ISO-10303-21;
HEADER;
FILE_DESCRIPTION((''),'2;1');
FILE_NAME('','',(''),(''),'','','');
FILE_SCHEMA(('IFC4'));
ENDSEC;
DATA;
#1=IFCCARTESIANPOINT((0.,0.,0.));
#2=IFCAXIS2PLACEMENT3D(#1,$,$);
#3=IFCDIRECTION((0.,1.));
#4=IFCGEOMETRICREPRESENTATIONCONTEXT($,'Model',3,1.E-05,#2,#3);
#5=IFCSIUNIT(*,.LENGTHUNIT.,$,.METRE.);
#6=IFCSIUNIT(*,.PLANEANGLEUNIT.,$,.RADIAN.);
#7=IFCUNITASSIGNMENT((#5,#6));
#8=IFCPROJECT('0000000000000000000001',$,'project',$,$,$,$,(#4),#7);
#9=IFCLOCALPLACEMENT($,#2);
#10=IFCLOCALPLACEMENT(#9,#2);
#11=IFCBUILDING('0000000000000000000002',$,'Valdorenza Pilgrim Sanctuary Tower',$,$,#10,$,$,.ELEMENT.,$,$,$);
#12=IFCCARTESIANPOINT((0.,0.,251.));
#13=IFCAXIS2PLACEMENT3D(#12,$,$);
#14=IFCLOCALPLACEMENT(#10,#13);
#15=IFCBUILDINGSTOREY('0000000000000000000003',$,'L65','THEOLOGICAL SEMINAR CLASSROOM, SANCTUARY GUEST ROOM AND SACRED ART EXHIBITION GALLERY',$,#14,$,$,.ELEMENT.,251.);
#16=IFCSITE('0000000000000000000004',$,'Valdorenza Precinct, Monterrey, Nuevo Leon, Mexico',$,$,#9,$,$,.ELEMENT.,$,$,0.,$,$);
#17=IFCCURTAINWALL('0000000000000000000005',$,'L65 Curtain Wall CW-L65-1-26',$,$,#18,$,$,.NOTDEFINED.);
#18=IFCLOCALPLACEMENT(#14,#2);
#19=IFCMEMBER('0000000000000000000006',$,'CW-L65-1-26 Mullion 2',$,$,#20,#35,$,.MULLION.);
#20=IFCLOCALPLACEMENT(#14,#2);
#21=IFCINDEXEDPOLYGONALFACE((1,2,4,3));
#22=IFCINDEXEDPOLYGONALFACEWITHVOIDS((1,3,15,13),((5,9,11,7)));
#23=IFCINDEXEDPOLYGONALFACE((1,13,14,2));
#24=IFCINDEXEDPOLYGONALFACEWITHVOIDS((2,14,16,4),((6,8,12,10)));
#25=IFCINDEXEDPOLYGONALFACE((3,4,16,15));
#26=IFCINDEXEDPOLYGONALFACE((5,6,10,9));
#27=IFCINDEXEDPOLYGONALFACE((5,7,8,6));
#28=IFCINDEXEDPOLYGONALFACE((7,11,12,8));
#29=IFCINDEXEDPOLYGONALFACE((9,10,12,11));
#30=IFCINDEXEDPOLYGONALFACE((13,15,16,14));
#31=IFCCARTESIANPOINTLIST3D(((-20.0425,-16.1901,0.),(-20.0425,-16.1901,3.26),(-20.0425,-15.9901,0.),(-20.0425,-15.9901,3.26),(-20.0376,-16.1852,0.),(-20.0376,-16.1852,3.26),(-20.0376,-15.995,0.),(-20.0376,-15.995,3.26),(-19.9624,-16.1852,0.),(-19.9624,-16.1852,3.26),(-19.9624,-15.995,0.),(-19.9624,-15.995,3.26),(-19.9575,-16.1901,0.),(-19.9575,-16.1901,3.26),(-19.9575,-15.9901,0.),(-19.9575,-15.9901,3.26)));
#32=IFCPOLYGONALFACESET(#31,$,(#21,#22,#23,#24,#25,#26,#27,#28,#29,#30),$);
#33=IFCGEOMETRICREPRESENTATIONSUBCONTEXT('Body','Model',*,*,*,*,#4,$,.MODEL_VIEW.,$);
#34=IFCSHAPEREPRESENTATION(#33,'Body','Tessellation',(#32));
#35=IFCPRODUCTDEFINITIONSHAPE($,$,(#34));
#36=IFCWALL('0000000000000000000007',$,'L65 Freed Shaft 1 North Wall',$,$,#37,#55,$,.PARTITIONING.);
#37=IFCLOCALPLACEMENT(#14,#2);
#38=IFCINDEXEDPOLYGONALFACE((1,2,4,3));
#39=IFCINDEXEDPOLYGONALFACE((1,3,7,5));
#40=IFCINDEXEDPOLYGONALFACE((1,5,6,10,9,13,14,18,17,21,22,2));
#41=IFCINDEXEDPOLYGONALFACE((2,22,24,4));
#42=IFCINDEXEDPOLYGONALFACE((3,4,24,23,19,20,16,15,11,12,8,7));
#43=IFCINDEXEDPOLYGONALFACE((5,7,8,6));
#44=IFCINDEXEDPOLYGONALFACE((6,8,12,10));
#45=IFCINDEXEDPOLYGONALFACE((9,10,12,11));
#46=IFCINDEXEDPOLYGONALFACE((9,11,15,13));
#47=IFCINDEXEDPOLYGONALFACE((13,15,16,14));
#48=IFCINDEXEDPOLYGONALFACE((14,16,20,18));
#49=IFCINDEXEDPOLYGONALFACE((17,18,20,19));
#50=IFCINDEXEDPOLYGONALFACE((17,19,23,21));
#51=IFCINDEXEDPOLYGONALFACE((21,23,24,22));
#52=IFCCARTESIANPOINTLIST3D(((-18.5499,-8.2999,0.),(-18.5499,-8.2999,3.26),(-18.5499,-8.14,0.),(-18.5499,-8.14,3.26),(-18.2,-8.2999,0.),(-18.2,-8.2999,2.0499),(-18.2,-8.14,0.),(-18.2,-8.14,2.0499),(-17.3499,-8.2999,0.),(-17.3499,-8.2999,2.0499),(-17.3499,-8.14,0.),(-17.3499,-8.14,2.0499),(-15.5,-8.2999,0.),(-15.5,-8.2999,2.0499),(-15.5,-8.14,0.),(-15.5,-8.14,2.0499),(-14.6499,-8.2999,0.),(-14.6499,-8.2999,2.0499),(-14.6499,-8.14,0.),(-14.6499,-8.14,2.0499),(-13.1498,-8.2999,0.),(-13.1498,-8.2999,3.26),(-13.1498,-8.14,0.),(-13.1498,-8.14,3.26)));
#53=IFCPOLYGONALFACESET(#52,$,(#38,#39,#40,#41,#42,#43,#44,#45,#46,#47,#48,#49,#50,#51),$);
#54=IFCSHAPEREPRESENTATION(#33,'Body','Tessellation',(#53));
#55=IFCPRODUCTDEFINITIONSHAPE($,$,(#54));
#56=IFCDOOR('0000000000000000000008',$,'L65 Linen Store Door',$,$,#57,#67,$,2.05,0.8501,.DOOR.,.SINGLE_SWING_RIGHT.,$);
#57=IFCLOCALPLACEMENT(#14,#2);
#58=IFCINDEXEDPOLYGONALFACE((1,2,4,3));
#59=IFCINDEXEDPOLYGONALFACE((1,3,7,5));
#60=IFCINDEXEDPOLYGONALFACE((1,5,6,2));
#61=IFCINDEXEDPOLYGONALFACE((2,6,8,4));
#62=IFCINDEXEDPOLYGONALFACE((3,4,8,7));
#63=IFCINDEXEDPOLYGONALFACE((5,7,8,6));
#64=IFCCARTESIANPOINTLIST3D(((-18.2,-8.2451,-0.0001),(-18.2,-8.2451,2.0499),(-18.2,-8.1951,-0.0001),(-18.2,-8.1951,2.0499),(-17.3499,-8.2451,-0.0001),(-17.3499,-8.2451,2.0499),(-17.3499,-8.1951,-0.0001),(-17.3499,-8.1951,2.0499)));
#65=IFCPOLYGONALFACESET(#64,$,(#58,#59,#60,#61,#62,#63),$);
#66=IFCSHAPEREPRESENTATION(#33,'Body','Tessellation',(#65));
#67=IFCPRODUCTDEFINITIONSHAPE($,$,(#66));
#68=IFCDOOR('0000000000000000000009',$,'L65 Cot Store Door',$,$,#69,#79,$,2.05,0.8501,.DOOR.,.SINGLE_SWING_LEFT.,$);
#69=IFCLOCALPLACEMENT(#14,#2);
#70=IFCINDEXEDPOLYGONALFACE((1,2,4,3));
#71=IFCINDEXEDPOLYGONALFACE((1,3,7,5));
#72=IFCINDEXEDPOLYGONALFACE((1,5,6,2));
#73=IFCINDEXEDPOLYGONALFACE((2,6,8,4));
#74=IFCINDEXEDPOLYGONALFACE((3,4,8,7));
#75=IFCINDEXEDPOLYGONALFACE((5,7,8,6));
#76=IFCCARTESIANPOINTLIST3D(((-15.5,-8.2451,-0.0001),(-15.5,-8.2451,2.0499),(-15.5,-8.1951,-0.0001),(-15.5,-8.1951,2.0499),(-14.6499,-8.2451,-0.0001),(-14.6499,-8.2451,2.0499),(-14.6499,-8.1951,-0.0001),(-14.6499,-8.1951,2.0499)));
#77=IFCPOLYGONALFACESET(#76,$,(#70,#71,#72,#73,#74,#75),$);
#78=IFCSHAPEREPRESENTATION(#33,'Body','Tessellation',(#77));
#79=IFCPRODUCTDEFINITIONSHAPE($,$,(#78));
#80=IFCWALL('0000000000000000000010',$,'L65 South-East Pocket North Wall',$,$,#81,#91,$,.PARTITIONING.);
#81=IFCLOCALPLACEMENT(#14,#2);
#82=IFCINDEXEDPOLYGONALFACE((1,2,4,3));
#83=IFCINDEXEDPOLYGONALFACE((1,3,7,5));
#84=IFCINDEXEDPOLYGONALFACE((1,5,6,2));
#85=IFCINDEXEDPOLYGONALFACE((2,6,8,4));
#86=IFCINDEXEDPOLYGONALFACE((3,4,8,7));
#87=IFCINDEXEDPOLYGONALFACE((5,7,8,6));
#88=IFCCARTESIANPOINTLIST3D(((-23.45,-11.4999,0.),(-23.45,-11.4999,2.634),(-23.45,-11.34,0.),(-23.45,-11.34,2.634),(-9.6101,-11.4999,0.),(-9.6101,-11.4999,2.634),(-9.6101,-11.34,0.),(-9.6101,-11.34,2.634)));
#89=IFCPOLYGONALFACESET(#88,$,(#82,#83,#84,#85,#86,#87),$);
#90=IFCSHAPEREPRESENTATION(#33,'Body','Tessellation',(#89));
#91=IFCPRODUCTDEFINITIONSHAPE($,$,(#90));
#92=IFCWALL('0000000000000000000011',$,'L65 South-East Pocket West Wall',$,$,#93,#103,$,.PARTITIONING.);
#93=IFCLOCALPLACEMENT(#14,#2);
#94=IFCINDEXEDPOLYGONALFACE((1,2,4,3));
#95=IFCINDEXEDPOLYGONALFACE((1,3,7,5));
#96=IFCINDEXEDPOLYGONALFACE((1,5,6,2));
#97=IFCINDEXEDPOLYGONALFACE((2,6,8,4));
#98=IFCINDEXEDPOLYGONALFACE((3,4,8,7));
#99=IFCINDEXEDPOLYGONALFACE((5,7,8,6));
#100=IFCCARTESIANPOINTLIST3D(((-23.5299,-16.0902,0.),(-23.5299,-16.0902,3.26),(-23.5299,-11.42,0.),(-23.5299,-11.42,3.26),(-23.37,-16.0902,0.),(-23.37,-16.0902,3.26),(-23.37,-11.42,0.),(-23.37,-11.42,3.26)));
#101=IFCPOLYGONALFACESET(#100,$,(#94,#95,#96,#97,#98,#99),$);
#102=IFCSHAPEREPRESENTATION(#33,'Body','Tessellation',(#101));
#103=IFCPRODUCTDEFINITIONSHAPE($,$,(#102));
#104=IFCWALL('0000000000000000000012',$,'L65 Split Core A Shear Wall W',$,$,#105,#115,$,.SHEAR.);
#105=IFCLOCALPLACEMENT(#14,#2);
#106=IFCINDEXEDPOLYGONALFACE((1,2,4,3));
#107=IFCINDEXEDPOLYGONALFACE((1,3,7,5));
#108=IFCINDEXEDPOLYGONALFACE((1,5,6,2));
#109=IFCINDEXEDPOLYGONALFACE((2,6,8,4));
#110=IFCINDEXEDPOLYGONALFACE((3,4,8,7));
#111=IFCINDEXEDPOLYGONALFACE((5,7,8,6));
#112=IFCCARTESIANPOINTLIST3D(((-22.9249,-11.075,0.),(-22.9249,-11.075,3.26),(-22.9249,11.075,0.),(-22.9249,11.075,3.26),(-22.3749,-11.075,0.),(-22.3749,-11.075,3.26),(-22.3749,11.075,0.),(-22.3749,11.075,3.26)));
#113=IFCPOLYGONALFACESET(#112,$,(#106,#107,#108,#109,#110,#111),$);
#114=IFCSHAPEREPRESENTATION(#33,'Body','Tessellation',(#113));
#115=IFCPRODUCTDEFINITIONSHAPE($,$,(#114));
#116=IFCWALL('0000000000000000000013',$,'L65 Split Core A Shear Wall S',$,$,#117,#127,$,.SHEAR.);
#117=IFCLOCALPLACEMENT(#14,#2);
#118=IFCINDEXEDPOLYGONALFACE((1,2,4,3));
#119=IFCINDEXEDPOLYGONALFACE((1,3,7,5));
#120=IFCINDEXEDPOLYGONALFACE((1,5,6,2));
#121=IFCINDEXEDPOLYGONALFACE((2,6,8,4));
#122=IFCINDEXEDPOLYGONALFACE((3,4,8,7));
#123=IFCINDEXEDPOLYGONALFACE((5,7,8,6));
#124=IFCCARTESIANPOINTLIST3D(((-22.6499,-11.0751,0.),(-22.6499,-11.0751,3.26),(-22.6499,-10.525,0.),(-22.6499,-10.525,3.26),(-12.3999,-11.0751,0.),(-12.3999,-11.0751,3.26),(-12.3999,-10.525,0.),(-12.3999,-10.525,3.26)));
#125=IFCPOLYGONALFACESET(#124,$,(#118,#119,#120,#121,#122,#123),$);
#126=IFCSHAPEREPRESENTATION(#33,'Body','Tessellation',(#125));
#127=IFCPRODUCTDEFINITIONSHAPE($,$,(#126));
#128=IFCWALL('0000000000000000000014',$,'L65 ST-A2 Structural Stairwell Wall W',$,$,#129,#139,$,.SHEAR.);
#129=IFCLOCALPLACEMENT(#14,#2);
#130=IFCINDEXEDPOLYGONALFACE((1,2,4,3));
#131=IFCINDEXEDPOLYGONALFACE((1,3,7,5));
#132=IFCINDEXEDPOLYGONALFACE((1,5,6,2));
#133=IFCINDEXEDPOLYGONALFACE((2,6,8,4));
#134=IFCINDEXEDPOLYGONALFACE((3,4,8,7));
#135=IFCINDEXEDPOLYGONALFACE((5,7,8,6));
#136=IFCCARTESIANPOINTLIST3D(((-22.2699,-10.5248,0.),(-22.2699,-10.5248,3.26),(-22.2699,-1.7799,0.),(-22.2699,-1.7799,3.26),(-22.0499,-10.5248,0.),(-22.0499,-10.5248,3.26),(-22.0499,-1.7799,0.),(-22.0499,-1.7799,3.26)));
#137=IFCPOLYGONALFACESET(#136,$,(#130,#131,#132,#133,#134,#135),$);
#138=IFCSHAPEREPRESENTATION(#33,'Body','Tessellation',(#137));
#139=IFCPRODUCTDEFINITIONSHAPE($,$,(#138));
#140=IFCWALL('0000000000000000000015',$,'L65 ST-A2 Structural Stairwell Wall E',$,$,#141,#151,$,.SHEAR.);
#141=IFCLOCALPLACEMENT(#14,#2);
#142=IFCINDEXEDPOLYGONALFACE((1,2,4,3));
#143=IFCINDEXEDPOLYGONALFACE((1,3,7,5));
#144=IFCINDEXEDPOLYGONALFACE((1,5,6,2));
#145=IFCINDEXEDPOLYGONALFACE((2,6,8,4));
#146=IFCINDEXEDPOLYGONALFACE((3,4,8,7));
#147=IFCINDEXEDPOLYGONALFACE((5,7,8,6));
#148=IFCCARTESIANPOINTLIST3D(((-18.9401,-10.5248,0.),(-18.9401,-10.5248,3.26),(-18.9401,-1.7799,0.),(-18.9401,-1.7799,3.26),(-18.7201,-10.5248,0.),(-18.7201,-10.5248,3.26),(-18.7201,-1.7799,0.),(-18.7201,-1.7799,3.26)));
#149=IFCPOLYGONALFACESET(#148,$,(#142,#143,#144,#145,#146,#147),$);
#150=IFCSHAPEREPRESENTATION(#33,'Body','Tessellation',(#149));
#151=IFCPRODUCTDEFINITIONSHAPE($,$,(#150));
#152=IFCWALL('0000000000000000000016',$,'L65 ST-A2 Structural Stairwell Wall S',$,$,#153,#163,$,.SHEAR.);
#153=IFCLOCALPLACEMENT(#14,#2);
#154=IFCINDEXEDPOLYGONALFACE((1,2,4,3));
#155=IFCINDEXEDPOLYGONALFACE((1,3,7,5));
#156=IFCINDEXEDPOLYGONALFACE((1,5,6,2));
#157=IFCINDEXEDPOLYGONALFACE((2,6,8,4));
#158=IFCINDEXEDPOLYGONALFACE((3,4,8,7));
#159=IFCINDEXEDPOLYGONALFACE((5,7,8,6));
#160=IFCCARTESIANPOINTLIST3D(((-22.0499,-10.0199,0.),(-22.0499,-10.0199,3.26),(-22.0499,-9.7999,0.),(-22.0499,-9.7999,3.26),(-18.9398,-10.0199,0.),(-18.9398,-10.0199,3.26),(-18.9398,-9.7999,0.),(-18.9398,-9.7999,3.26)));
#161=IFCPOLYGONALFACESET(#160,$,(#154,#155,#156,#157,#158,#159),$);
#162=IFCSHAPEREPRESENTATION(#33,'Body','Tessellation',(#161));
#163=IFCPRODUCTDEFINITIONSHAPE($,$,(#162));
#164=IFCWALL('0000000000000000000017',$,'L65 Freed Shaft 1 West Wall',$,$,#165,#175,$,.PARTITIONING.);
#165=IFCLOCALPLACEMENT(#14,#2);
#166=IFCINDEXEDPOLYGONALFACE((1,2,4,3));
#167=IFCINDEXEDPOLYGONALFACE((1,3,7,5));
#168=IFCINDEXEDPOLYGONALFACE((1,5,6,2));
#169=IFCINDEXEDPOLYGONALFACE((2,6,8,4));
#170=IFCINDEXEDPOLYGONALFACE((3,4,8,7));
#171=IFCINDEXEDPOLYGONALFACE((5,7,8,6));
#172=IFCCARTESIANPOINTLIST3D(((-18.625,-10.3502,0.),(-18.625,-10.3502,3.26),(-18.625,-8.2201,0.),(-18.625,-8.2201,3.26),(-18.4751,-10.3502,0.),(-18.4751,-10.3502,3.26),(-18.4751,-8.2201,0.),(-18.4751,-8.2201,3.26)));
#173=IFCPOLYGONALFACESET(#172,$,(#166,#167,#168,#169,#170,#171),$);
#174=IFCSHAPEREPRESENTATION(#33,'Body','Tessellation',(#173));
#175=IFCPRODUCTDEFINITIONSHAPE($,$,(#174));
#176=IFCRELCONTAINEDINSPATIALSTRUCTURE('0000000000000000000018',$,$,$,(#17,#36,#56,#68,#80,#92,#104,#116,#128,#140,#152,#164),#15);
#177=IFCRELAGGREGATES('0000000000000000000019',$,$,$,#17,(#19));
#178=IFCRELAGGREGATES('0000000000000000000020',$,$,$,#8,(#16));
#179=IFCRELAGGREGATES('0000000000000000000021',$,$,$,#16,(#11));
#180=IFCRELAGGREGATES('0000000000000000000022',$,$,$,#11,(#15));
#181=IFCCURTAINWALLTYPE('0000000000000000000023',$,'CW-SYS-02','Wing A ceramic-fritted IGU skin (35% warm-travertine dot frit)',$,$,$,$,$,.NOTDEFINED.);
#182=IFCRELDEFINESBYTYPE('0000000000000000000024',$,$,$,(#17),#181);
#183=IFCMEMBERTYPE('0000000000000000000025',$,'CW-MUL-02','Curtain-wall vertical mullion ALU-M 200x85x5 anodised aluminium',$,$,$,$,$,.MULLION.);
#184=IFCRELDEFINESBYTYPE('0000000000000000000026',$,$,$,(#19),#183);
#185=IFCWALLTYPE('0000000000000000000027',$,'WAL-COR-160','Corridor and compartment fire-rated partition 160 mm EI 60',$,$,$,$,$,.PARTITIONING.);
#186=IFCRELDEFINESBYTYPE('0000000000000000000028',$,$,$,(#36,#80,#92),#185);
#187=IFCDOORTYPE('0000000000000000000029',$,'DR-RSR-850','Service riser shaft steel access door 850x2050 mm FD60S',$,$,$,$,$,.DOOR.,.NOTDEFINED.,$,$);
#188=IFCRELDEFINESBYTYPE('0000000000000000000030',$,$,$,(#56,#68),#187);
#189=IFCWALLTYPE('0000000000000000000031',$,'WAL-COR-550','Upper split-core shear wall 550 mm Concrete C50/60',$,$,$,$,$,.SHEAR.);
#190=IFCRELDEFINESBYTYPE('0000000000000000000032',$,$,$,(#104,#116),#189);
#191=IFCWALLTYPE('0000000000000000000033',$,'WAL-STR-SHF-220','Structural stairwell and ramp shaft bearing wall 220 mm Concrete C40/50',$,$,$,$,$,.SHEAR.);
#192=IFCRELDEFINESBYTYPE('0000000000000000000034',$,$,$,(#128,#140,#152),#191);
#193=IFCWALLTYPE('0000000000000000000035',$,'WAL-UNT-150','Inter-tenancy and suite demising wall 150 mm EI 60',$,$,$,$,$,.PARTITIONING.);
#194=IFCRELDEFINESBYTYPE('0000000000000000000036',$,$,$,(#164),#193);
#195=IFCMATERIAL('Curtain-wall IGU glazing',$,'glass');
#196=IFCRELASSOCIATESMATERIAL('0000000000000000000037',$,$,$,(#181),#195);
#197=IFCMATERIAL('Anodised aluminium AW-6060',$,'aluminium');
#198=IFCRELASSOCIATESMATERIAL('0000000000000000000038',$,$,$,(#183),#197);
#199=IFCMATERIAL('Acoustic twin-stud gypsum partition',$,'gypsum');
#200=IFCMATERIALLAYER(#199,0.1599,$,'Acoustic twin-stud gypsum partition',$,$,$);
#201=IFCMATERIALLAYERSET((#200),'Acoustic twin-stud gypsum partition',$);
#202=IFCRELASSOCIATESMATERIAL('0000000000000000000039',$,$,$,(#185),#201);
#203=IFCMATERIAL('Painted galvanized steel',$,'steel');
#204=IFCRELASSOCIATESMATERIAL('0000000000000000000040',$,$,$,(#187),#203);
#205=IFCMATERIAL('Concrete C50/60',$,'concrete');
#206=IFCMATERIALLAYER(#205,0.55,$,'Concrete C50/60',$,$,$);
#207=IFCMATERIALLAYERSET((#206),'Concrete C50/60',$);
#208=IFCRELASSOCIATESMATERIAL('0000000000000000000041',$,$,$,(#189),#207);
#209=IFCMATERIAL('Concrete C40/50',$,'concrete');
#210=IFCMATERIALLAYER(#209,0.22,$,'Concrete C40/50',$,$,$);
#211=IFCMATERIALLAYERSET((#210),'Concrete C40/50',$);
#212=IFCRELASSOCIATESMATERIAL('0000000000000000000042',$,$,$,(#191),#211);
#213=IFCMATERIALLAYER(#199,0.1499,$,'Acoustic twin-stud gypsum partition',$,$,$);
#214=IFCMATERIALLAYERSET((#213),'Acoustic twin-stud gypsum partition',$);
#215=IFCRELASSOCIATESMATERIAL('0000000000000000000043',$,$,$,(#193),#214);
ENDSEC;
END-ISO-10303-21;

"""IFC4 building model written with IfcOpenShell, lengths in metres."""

from ifc_helpers import new_model, si_unit, direction, frame, frame_2d, origin, origin_2d, place, context, subcontext, project, spatial, rectangle, hollow_rectangle, extrude, source, transform, mapped, material, layer, layer_set, material_profile, profile_set, type_object, element, fill, aggregate, save


model = new_model("IFC4")

# Units and contexts
model_context = context("Model", 3, precision=1e-05, world=origin(), true_north=direction((0.0, 1.0)))
body_context = subcontext(model_context, "Body", "Model", "MODEL_VIEW")
ifc_project = project(units=[si_unit("LENGTHUNIT", "METRE"), si_unit("PLANEANGLEUNIT", "RADIAN")], contexts=[model_context])

# Site, building, storey
site_placement = place(None, origin())
site = spatial("IfcSite", under=ifc_project, at=site_placement, Name="Valdorenza Precinct, Monterrey, Nuevo Leon, Mexico", CompositionType="ELEMENT", RefElevation=0.0)
building_placement = place(site_placement, origin())
building = spatial("IfcBuilding", under=site, at=building_placement, Name="Valdorenza Pilgrim Sanctuary Tower", CompositionType="ELEMENT")
storey_placement = place(building_placement, frame((0.0, 0.0, 251.0)))
storey = spatial("IfcBuildingStorey", under=building, at=storey_placement, Name="L65", Description="THEOLOGICAL SEMINAR CLASSROOM, SANCTUARY GUEST ROOM AND SACRED ART EXHIBITION GALLERY", CompositionType="ELEMENT", Elevation=251.0)

# Shared definitions
ifc_material_1 = material(Name="Concrete C50/60", Category="concrete")

# Curtain wall, member
ifc_material_2 = material(Name="Curtain-wall IGU glazing", Category="glass")
curtain_wall_type = type_object("IfcCurtainWallType", Name="CW-SYS-02", Description="Wing A ceramic-fritted IGU skin (35% warm-travertine dot frit)", PredefinedType="NOTDEFINED", material=ifc_material_2)
curtain_wall_placement = place(storey_placement, origin())
curtain_wall = element("IfcCurtainWall", 1, at=curtain_wall_placement, inside=storey, type_object=curtain_wall_type, Name="L65 Curtain Wall CW-L65-1-26", PredefinedType="NOTDEFINED")
ifc_material_3 = material(Name="Anodised aluminium AW-6060", Category="aluminium")
ifc_material_profile_1 = material_profile(ifc_material_3, hollow_rectangle(XDim=0.085, YDim=0.2, WallThickness=0.0049, at=origin_2d()), Name="ALU-M 200x85x5")
ifc_profile_set_1 = profile_set([ifc_material_profile_1], Name="Anodised aluminium AW-6060")
member_type = type_object("IfcMemberType", Name="CW-MUL-02", Description="Curtain-wall vertical mullion ALU-M 200x85x5 anodised aluminium", PredefinedType="MULLION", material=ifc_profile_set_1)
shared_shape_1 = source(origin(), body_context, "Body", "SweptSolid", [
    extrude(hollow_rectangle(XDim=0.085, YDim=0.2, WallThickness=0.0049, at=origin_2d()), origin(), (0.0, 0.0, 1.0), 3.26),
])
member_placement = place(storey_placement, frame((-20.0, -16.0901, 0.0), z_axis=(0.0, 0.0, 1.0), x_axis=(-1.0, 0.0, 0.0)))
member = element("IfcMember", 2, at=member_placement, type_object=member_type, Name="CW-L65-1-26 Mullion 2", PredefinedType="MULLION", context=body_context, shape_type="MappedRepresentation", body=[
    mapped(shared_shape_1, transform((0.0, 0.0, 0.0), x_axis=(1.0, 0.0, 0.0), y_axis=(0.0, 1.0, 0.0), z_axis=(0.0, 0.0, 1.0), scale=1.0)),
])
aggregate(curtain_wall, [member])

# Wall, openings, doors
ifc_material_4 = material(Name="Acoustic twin-stud gypsum partition", Category="gypsum")
ifc_layer_1 = layer(ifc_material_4, 0.1599, Name="Acoustic twin-stud gypsum partition")
ifc_layer_set_1 = layer_set([ifc_layer_1], Name="Acoustic twin-stud gypsum partition")
wall_type_1 = type_object("IfcWallType", Name="WAL-COR-160", Description="Corridor and compartment fire-rated partition 160 mm EI 60", PredefinedType="PARTITIONING", material=ifc_layer_set_1)
wall_1_placement = place(storey_placement, frame((-18.55, -8.22, 0.0), z_axis=(0.0, 0.0, 1.0), x_axis=(1.0, 0.0, 0.0)))
wall_1 = element("IfcWall", 3, at=wall_1_placement, inside=storey, type_object=wall_type_1, Name="L65 Freed Shaft 1 North Wall", PredefinedType="PARTITIONING", context=body_context, shape_type="SweptSolid", body=[
    extrude(rectangle(XDim=5.4001, YDim=0.1599, at=frame_2d((2.7002, 0.0))), origin(), (0.0, 0.0, 1.0), 3.26),
])
opening_1_placement = place(wall_1_placement, frame((0.3501, 0.0, 0.0)))
opening_1 = element("IfcOpeningElement", 4, at=opening_1_placement, cuts=wall_1, PredefinedType="OPENING", context=body_context, shape_type="SweptSolid", body=[
    extrude(rectangle(XDim=0.8501, YDim=2.05, at=frame_2d((0.425, 1.0249))), frame((0.0, 0.0947, 0.0), z_axis=(0.0, -1.0, 0.0), x_axis=(1.0, 0.0, 0.0)), (0.0, 0.0, 1.0), 0.1897),
])
opening_2_placement = place(wall_1_placement, frame((3.05, 0.0, 0.0)))
opening_2 = element("IfcOpeningElement", 5, at=opening_2_placement, cuts=wall_1, PredefinedType="OPENING", context=body_context, shape_type="SweptSolid", body=[
    extrude(rectangle(XDim=0.8501, YDim=2.05, at=frame_2d((0.425, 1.0249))), frame((0.0, 0.0947, 0.0), z_axis=(0.0, -1.0, 0.0), x_axis=(1.0, 0.0, 0.0)), (0.0, 0.0, 1.0), 0.1897),
])
ifc_material_5 = material(Name="Painted galvanized steel", Category="steel")
door_type = type_object("IfcDoorType", Name="DR-RSR-850", Description="Service riser shaft steel access door 850x2050 mm FD60S", OperationType="NOTDEFINED", PredefinedType="DOOR", material=ifc_material_5)
door_1_placement = place(opening_1_placement, origin())
door_1 = element("IfcDoor", 6, at=door_1_placement, inside=storey, type_object=door_type, Name="L65 Linen Store Door", OperationType="SINGLE_SWING_RIGHT", OverallHeight=2.05, OverallWidth=0.8501, PredefinedType="DOOR", context=body_context, shape_type="SweptSolid", body=[
    extrude(rectangle(XDim=0.8501, YDim=2.05, at=frame_2d((0.425, 1.0249))), frame((0.0, 0.0249, 0.0), z_axis=(0.0, -1.0, 0.0), x_axis=(1.0, 0.0, 0.0)), (0.0, 0.0, 1.0), 0.05),
])
fill(opening_1, door_1)
door_2_placement = place(opening_2_placement, origin())
door_2 = element("IfcDoor", 7, at=door_2_placement, inside=storey, type_object=door_type, Name="L65 Cot Store Door", OperationType="SINGLE_SWING_LEFT", OverallHeight=2.05, OverallWidth=0.8501, PredefinedType="DOOR", context=body_context, shape_type="SweptSolid", body=[
    extrude(rectangle(XDim=0.8501, YDim=2.05, at=frame_2d((0.425, 1.0249))), frame((0.0, 0.0249, 0.0), z_axis=(0.0, -1.0, 0.0), x_axis=(1.0, 0.0, 0.0)), (0.0, 0.0, 1.0), 0.05),
])
fill(opening_2, door_2)

# Walls
wall_2_placement = place(storey_placement, frame((-23.45, -11.4199, 0.0), z_axis=(0.0, 0.0, 1.0), x_axis=(1.0, 0.0, 0.0)))
element("IfcWall", 8, at=wall_2_placement, inside=storey, type_object=wall_type_1, Name="L65 South-East Pocket North Wall", PredefinedType="PARTITIONING", context=body_context, shape_type="SweptSolid", body=[
    extrude(rectangle(XDim=13.8398, YDim=0.1599, at=frame_2d((6.9199, 0.0))), origin(), (0.0, 0.0, 1.0), 2.634),
])
wall_3_placement = place(storey_placement, frame((-23.45, -16.0901, 0.0), z_axis=(0.0, 0.0, 1.0), x_axis=(0.0, 1.0, 0.0)))
element("IfcWall", 9, at=wall_3_placement, inside=storey, type_object=wall_type_1, Name="L65 South-East Pocket West Wall", PredefinedType="PARTITIONING", context=body_context, shape_type="SweptSolid", body=[
    extrude(rectangle(XDim=4.6702, YDim=0.1599, at=frame_2d((2.335, 0.0))), origin(), (0.0, 0.0, 1.0), 3.26),
])
ifc_layer_2 = layer(ifc_material_1, 0.55, Name="Concrete C50/60")
ifc_layer_set_2 = layer_set([ifc_layer_2], Name="Concrete C50/60")
wall_type_2 = type_object("IfcWallType", Name="WAL-COR-550", Description="Upper split-core shear wall 550 mm Concrete C50/60", PredefinedType="SHEAR", material=ifc_layer_set_2)
wall_4_placement = place(storey_placement, frame((-22.6499, -11.075, 0.0), z_axis=(0.0, 0.0, 1.0), x_axis=(0.0, 1.0, 0.0)))
element("IfcWall", 10, at=wall_4_placement, inside=storey, type_object=wall_type_2, Name="L65 Split Core A Shear Wall W", PredefinedType="SHEAR", context=body_context, shape_type="SweptSolid", body=[
    extrude(rectangle(XDim=22.1499, YDim=0.55, at=frame_2d((11.075, 0.0))), origin(), (0.0, 0.0, 1.0), 3.26),
])
wall_5_placement = place(storey_placement, frame((-22.6499, -10.8, 0.0), z_axis=(0.0, 0.0, 1.0), x_axis=(1.0, 0.0, 0.0)))
element("IfcWall", 11, at=wall_5_placement, inside=storey, type_object=wall_type_2, Name="L65 Split Core A Shear Wall S", PredefinedType="SHEAR", context=body_context, shape_type="SweptSolid", body=[
    extrude(rectangle(XDim=10.25, YDim=0.55, at=frame_2d((5.125, 0.0))), origin(), (0.0, 0.0, 1.0), 3.26),
])
ifc_material_6 = material(Name="Concrete C40/50", Category="concrete")
ifc_layer_3 = layer(ifc_material_6, 0.22, Name="Concrete C40/50")
ifc_layer_set_3 = layer_set([ifc_layer_3], Name="Concrete C40/50")
wall_type_3 = type_object("IfcWallType", Name="WAL-STR-SHF-220", Description="Structural stairwell and ramp shaft bearing wall 220 mm Concrete C40/50", PredefinedType="SHEAR", material=ifc_layer_set_3)
for number, where, z_axis, x_axis, name in (
    (12, (-22.1599, -10.5249, 0.0), (0.0, 0.0, 1.0), (0.0, 1.0, 0.0), "L65 ST-A2 Structural Stairwell Wall W"),
    (13, (-18.8301, -10.5249, 0.0), (0.0, 0.0, 1.0), (0.0, 1.0, 0.0), "L65 ST-A2 Structural Stairwell Wall E"),
):
    element("IfcWall", number, at=place(storey_placement, frame(where, z_axis=z_axis, x_axis=x_axis)), inside=storey, type_object=wall_type_3, Name=name, PredefinedType="SHEAR", context=body_context, shape_type="SweptSolid", body=[
        extrude(rectangle(XDim=8.7449, YDim=0.22, at=frame_2d((4.3726, 0.0))), origin(), (0.0, 0.0, 1.0), 3.26),
    ])
wall_6_placement = place(storey_placement, frame((-22.05, -9.9099, 0.0), z_axis=(0.0, 0.0, 1.0), x_axis=(1.0, 0.0, 0.0)))
element("IfcWall", 14, at=wall_6_placement, inside=storey, type_object=wall_type_3, Name="L65 ST-A2 Structural Stairwell Wall S", PredefinedType="SHEAR", context=body_context, shape_type="SweptSolid", body=[
    extrude(rectangle(XDim=3.1101, YDim=0.22, at=frame_2d((1.5552, 0.0))), origin(), (0.0, 0.0, 1.0), 3.26),
])
ifc_layer_4 = layer(ifc_material_4, 0.1499, Name="Acoustic twin-stud gypsum partition")
ifc_layer_set_4 = layer_set([ifc_layer_4], Name="Acoustic twin-stud gypsum partition")
wall_type_4 = type_object("IfcWallType", Name="WAL-UNT-150", Description="Inter-tenancy and suite demising wall 150 mm EI 60", PredefinedType="PARTITIONING", material=ifc_layer_set_4)
wall_7_placement = place(storey_placement, frame((-18.55, -10.3501, 0.0), z_axis=(0.0, 0.0, 1.0), x_axis=(0.0, 1.0, 0.0)))
element("IfcWall", 15, at=wall_7_placement, inside=storey, type_object=wall_type_4, Name="L65 Freed Shaft 1 West Wall", PredefinedType="PARTITIONING", context=body_context, shape_type="SweptSolid", body=[
    extrude(rectangle(XDim=2.1301, YDim=0.1499, at=frame_2d((1.0649, 0.0))), origin(), (0.0, 0.0, 1.0), 3.26),
])

save(model, "model.ifc")
